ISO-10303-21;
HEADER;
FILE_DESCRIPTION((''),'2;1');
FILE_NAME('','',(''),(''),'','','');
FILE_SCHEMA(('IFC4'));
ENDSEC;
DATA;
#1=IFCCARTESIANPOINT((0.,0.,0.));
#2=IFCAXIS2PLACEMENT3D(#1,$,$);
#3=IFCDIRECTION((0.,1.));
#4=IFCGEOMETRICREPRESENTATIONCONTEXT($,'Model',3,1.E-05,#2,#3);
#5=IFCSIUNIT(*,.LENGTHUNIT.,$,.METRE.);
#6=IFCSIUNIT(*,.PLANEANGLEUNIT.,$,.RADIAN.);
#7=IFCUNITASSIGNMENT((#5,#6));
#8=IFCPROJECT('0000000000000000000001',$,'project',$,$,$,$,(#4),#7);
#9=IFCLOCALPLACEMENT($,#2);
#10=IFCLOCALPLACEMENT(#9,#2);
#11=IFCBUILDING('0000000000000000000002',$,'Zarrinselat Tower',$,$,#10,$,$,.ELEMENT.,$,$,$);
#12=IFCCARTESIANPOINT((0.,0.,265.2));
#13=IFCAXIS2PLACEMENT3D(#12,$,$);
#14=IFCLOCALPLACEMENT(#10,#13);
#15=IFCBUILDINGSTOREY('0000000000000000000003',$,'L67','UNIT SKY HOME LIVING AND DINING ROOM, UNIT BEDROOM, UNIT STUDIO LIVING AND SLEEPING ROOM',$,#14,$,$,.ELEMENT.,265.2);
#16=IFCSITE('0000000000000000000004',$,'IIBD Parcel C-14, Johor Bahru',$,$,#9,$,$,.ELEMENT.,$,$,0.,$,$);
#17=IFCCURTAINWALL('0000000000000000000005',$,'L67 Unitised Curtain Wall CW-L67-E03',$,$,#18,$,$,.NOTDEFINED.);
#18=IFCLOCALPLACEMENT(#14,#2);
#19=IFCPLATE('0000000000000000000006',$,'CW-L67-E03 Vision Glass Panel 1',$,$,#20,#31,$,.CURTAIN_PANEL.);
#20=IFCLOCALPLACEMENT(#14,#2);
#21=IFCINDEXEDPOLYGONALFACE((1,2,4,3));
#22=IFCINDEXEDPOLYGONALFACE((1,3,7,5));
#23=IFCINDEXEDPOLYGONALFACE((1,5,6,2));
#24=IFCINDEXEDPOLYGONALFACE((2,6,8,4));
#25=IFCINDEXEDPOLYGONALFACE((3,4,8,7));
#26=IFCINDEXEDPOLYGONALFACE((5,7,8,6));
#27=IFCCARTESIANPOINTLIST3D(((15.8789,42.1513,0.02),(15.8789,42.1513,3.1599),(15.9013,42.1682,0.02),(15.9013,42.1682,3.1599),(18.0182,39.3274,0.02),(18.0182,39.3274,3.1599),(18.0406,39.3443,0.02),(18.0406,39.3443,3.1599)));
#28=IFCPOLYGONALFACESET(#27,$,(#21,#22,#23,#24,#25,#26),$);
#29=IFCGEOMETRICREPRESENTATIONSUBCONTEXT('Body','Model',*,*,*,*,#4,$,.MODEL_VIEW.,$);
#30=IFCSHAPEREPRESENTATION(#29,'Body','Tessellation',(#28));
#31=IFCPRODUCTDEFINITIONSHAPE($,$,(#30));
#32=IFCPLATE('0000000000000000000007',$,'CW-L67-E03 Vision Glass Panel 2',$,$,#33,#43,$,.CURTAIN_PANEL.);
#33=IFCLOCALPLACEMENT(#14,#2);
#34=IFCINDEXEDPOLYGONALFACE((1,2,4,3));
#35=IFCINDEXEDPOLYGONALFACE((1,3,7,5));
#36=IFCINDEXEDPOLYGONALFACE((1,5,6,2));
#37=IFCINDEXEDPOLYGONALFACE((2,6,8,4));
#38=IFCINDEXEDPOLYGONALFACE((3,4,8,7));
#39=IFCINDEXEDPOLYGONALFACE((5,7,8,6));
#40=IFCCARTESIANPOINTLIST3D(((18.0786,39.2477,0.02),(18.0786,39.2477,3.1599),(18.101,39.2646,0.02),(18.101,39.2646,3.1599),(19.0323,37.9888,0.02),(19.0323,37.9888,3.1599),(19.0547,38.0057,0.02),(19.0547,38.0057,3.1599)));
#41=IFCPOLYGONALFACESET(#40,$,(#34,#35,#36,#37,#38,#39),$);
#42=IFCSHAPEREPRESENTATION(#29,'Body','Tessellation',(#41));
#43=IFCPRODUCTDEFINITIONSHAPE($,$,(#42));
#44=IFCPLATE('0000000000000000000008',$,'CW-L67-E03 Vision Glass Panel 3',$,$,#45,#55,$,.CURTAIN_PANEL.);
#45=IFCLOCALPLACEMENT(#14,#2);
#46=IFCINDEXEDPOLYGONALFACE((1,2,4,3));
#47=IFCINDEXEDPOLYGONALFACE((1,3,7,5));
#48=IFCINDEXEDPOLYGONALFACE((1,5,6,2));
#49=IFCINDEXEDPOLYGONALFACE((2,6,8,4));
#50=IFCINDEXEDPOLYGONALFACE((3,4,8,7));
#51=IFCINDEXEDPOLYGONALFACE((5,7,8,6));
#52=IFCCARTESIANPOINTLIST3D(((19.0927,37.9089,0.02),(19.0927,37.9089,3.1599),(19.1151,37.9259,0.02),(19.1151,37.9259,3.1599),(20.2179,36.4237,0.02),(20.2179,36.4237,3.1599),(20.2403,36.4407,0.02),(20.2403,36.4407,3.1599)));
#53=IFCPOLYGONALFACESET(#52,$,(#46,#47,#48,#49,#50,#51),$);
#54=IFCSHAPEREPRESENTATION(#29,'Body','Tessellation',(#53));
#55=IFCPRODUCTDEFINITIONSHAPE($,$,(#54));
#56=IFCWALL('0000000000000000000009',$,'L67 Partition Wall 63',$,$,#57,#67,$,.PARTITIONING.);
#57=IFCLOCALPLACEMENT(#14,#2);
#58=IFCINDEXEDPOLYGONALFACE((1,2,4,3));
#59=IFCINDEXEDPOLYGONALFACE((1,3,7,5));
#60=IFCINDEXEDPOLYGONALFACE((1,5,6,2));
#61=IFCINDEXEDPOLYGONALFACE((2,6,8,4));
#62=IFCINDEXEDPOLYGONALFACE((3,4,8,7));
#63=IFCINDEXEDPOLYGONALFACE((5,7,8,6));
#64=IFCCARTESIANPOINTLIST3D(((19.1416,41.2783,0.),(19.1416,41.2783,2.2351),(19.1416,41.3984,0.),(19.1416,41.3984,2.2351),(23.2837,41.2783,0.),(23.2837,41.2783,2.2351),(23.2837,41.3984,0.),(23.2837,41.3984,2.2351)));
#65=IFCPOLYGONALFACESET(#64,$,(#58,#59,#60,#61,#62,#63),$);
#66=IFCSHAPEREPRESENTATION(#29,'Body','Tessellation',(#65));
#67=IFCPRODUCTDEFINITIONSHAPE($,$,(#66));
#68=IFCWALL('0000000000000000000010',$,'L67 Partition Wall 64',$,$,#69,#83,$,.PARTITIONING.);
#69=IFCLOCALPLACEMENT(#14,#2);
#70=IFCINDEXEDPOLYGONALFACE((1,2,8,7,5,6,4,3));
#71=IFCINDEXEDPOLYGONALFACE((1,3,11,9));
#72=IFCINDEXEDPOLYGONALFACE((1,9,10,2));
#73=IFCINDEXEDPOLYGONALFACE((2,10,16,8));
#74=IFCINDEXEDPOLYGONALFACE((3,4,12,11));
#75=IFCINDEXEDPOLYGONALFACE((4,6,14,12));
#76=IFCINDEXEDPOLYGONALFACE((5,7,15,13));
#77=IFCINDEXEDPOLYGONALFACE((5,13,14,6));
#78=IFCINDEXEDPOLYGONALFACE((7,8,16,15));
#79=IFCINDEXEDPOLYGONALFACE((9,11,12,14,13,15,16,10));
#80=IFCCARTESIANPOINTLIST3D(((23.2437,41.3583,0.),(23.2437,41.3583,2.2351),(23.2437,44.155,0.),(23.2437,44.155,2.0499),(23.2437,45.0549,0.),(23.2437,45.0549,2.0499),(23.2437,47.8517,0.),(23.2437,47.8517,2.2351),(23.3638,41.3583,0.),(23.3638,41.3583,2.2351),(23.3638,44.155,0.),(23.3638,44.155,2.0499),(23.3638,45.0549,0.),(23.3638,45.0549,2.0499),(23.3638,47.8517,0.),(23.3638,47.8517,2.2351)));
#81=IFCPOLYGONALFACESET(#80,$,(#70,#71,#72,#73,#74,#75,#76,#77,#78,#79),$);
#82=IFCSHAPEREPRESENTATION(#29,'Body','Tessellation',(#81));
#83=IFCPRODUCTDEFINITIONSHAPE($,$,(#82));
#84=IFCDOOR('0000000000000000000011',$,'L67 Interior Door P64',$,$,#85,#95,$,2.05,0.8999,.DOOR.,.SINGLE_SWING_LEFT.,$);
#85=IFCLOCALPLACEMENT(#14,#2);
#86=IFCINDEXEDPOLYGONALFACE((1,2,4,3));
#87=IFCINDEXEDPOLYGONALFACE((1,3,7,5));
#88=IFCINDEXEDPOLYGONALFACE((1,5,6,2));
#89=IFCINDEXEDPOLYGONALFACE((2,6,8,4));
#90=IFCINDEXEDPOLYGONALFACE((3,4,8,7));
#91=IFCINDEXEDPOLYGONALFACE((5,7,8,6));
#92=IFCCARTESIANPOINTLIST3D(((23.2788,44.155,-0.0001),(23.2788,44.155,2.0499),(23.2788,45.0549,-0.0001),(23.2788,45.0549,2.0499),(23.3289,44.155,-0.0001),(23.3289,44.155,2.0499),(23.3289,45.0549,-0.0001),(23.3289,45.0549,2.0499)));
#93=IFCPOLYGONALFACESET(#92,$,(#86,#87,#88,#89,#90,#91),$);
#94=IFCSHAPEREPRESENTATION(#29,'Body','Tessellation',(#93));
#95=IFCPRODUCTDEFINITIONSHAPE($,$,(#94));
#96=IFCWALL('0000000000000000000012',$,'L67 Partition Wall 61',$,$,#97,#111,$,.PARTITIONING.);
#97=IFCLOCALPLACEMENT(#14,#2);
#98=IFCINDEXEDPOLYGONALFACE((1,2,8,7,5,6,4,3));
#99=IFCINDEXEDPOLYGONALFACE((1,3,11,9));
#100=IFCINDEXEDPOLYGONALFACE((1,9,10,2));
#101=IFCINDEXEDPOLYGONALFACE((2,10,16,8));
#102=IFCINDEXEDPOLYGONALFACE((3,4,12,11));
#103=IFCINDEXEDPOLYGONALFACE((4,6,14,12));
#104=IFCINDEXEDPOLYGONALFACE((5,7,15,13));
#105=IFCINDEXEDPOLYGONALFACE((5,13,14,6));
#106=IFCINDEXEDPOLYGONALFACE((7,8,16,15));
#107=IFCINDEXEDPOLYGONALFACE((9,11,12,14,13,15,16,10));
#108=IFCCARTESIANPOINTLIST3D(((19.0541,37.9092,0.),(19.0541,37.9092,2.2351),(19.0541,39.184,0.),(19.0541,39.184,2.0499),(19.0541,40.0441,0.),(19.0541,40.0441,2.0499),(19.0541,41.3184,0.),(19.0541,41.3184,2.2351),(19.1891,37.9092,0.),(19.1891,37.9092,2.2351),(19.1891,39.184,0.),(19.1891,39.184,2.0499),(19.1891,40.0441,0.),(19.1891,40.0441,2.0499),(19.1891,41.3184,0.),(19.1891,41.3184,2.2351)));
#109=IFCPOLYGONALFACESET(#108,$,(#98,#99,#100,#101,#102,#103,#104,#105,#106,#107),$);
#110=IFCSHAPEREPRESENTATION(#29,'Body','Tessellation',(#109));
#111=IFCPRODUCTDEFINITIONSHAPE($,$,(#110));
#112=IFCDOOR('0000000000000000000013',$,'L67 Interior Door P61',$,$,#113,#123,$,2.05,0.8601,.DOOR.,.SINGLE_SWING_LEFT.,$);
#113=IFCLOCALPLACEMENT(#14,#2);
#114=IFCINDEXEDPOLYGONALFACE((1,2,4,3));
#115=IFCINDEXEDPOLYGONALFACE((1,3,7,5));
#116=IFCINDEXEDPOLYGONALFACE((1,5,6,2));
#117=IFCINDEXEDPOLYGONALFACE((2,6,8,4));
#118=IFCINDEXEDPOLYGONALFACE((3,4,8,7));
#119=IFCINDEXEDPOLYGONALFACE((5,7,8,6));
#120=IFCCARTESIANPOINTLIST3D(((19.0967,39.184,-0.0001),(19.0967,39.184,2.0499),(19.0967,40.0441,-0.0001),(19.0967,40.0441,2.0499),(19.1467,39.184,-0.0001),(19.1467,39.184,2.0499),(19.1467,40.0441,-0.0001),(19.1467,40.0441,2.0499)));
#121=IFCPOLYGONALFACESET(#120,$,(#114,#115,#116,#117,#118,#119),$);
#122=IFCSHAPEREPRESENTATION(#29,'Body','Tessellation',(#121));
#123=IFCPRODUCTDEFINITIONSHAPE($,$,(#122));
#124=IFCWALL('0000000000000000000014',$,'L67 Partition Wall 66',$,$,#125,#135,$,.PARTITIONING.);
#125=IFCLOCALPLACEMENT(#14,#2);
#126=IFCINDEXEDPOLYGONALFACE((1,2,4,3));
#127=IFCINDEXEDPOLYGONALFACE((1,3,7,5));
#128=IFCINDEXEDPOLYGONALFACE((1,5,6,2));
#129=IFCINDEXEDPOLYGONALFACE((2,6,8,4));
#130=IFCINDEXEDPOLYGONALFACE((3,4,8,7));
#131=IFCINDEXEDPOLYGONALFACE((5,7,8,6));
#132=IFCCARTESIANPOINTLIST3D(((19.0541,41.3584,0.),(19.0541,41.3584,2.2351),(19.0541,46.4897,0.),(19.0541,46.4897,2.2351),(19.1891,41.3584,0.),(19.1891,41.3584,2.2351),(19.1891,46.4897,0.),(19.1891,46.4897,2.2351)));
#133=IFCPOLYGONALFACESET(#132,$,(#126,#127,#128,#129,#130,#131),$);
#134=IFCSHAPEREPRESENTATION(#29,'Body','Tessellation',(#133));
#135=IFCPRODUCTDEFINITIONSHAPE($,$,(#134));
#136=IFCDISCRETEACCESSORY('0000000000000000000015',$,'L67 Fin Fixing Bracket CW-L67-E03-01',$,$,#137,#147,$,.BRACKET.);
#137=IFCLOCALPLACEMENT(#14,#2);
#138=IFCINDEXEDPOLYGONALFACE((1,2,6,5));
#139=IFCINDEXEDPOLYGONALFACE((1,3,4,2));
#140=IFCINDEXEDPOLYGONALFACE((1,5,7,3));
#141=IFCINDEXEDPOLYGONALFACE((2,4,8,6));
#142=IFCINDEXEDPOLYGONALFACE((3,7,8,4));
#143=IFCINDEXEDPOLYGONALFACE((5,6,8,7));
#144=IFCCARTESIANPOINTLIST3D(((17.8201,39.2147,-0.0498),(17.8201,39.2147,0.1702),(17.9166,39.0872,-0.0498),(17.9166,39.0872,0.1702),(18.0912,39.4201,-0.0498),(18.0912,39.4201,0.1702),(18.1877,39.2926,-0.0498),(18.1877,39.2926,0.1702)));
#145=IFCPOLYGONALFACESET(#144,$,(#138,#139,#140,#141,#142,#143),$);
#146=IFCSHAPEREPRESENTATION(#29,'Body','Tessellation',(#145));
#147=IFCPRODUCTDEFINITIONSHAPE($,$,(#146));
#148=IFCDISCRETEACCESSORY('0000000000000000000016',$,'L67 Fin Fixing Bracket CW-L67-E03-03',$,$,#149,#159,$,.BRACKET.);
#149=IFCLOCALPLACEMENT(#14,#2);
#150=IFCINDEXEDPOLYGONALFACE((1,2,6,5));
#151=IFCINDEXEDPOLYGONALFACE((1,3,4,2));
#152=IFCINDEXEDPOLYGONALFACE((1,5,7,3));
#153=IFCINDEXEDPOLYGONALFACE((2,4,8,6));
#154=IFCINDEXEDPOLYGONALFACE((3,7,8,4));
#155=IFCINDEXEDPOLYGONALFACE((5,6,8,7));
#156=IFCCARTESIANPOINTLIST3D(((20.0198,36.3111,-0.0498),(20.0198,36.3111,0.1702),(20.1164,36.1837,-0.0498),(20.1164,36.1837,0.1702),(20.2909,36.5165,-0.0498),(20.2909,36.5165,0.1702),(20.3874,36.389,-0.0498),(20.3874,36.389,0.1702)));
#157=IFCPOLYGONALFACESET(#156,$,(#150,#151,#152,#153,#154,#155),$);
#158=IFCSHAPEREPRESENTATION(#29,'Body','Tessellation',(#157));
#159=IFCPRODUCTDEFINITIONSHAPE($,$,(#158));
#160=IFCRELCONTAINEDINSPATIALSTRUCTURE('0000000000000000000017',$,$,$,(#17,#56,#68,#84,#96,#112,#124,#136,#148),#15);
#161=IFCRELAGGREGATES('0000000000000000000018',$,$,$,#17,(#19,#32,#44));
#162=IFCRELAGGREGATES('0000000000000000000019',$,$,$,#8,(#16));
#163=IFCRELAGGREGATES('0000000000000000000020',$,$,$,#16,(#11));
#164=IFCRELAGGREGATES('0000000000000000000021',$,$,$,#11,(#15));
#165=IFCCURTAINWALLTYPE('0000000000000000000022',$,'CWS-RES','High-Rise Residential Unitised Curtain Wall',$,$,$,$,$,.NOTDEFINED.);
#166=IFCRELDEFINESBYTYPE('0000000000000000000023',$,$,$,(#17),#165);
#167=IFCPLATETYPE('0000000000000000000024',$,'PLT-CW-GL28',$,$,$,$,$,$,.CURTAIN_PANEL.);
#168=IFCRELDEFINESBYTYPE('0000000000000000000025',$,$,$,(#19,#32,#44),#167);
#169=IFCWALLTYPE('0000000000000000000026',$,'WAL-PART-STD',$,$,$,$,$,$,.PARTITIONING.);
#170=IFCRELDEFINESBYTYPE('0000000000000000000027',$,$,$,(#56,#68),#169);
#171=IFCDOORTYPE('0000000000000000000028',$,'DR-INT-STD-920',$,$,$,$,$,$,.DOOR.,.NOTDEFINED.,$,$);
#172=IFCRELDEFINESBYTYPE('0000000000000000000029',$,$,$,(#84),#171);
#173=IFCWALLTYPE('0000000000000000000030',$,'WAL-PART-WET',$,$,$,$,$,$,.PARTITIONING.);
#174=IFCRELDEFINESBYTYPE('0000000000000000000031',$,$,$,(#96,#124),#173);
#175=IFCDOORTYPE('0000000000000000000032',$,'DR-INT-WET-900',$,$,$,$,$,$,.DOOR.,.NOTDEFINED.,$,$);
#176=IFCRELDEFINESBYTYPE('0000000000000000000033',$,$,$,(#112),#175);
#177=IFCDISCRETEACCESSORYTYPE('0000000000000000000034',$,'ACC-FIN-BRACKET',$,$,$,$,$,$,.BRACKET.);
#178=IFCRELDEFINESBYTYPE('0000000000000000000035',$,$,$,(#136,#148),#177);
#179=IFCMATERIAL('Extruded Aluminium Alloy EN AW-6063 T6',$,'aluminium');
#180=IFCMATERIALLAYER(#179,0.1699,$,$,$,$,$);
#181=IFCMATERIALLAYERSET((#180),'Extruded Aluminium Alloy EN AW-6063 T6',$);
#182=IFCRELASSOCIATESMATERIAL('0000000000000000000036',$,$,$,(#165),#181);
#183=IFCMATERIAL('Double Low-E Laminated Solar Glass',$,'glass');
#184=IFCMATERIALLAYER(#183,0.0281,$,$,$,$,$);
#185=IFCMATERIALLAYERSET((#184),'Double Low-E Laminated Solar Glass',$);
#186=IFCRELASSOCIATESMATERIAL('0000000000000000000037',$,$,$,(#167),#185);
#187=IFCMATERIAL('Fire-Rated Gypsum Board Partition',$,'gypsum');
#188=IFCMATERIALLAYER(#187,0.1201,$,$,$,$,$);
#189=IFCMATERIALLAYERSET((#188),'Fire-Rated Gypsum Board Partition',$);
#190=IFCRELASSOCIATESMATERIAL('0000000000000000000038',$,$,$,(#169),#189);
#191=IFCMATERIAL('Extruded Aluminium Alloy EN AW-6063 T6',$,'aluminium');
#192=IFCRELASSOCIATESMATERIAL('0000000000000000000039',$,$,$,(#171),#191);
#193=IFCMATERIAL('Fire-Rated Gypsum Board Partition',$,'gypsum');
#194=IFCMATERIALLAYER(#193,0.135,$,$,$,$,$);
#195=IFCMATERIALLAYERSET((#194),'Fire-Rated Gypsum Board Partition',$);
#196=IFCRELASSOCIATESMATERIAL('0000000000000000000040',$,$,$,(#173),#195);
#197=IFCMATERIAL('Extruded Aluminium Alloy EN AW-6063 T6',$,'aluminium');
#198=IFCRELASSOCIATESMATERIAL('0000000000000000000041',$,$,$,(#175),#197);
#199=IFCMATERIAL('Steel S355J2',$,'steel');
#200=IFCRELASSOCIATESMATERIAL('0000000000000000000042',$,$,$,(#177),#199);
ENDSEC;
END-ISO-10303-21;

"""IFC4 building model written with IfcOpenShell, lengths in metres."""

from ifc_helpers import new_model, si_unit, direction, frame, frame_2d, origin, origin_2d, place, context, subcontext, project, spatial, rectangle, extrude, material, layer, layer_set, type_object, element, fill, aggregate, save


model = new_model("IFC4")

# Units and contexts
model_context = context("Model", 3, precision=1e-05, world=origin(), true_north=direction((0.0, 1.0)))
body_context = subcontext(model_context, "Body", "Model", "MODEL_VIEW")
ifc_project = project(units=[si_unit("LENGTHUNIT", "METRE"), si_unit("PLANEANGLEUNIT", "RADIAN")], contexts=[model_context])

# Site, building, storey
site_placement = place(None, origin())
site = spatial("IfcSite", under=ifc_project, at=site_placement, Name="IIBD Parcel C-14, Johor Bahru", CompositionType="ELEMENT", RefElevation=0.0)
building_placement = place(site_placement, origin())
building = spatial("IfcBuilding", under=site, at=building_placement, Name="Zarrinselat Tower", CompositionType="ELEMENT")
storey_placement = place(building_placement, frame((0.0, 0.0, 265.2)))
storey = spatial("IfcBuildingStorey", under=building, at=storey_placement, Name="L67", Description="UNIT SKY HOME LIVING AND DINING ROOM, UNIT BEDROOM, UNIT STUDIO LIVING AND SLEEPING ROOM", CompositionType="ELEMENT", Elevation=265.2)

# Shared definitions
ifc_material_1 = material(Name="Extruded Aluminium Alloy EN AW-6063 T6", Category="aluminium")
ifc_layer_1 = layer(ifc_material_1, 0.1699)
ifc_layer_set_1 = layer_set([ifc_layer_1], Name="Extruded Aluminium Alloy EN AW-6063 T6")
curtain_wall_type = type_object("IfcCurtainWallType", Name="CWS-RES", Description="High-Rise Residential Unitised Curtain Wall", PredefinedType="NOTDEFINED", material=ifc_layer_set_1)

# Curtain wall, plates
curtain_wall_1_placement = place(storey_placement, origin())
curtain_wall_1 = element("IfcCurtainWall", 1, at=curtain_wall_1_placement, inside=storey, type_object=curtain_wall_type, Name="L67 Unitised Curtain Wall CW-L67-E03", PredefinedType="NOTDEFINED")
ifc_material_2 = material(Name="Double Low-E Laminated Solar Glass", Category="glass")
ifc_layer_2 = layer(ifc_material_2, 0.0281)
ifc_layer_set_2 = layer_set([ifc_layer_2], Name="Double Low-E Laminated Solar Glass")
plate_type = type_object("IfcPlateType", Name="PLT-CW-GL28", PredefinedType="CURTAIN_PANEL", material=ifc_layer_set_2)
plate_1_placement = place(storey_placement, frame((16.9597, 40.7478, 0.02), z_axis=(0.0, 0.0, 1.0), x_axis=(0.603858, -0.797092, 0.0)))
plate_1 = element("IfcPlate", 2, at=plate_1_placement, type_object=plate_type, Name="CW-L67-E03 Vision Glass Panel 1", PredefinedType="CURTAIN_PANEL", context=body_context, shape_type="SweptSolid", body=[
    extrude(rectangle(XDim=3.5427, YDim=0.0281, at=origin_2d()), origin(), (0.0, 0.0, 1.0), 3.1399),
])
plate_2_placement = place(storey_placement, frame((18.5667, 38.6267, 0.02), z_axis=(0.0, 0.0, 1.0), x_axis=(0.603858, -0.797092, 0.0)))
plate_2 = element("IfcPlate", 3, at=plate_2_placement, type_object=plate_type, Name="CW-L67-E03 Vision Glass Panel 2", PredefinedType="CURTAIN_PANEL", context=body_context, shape_type="SweptSolid", body=[
    extrude(rectangle(XDim=1.5793, YDim=0.0281, at=origin_2d()), origin(), (0.0, 0.0, 1.0), 3.1399),
])
plate_3_placement = place(storey_placement, frame((19.6665, 37.1748, 0.02), z_axis=(0.0, 0.0, 1.0), x_axis=(0.603858, -0.797092, 0.0)))
plate_3 = element("IfcPlate", 4, at=plate_3_placement, type_object=plate_type, Name="CW-L67-E03 Vision Glass Panel 3", PredefinedType="CURTAIN_PANEL", context=body_context, shape_type="SweptSolid", body=[
    extrude(rectangle(XDim=1.8633, YDim=0.0281, at=origin_2d()), origin(), (0.0, 0.0, 1.0), 3.1399),
])
aggregate(curtain_wall_1, [plate_1, plate_2, plate_3])

# Wall
ifc_material_3 = material(Name="Fire-Rated Gypsum Board Partition", Category="gypsum")
ifc_layer_3 = layer(ifc_material_3, 0.1201)
ifc_layer_set_3 = layer_set([ifc_layer_3], Name="Fire-Rated Gypsum Board Partition")
wall_type_1 = type_object("IfcWallType", Name="WAL-PART-STD", PredefinedType="PARTITIONING", material=ifc_layer_set_3)
wall_1_placement = place(storey_placement, frame((19.1416, 41.3384, 0.0), z_axis=(0.0, 0.0, 1.0), x_axis=(1.0, 0.0, 0.0)))
element("IfcWall", 5, at=wall_1_placement, inside=storey, type_object=wall_type_1, Name="L67 Partition Wall 63", PredefinedType="PARTITIONING", context=body_context, shape_type="SweptSolid", body=[
    extrude(rectangle(XDim=4.1421, YDim=0.1201, at=frame_2d((2.071, 0.0))), origin(), (0.0, 0.0, 1.0), 2.2351),
])

# Walls, openings, doors
wall_2_placement = place(storey_placement, frame((23.3037, 41.3584, 0.0), z_axis=(0.0, 0.0, 1.0), x_axis=(0.0, 1.0, 0.0)))
wall_2 = element("IfcWall", 6, at=wall_2_placement, inside=storey, type_object=wall_type_1, Name="L67 Partition Wall 64", PredefinedType="PARTITIONING", context=body_context, shape_type="SweptSolid", body=[
    extrude(rectangle(XDim=6.4934, YDim=0.1201, at=frame_2d((3.2466, 0.0))), origin(), (0.0, 0.0, 1.0), 2.2351),
])
opening_1_placement = place(wall_2_placement, frame((2.7966, 0.0, 0.0)))
opening_1 = element("IfcOpeningElement", 7, at=opening_1_placement, cuts=wall_2, PredefinedType="OPENING", context=body_context, shape_type="SweptSolid", body=[
    extrude(rectangle(XDim=0.8999, YDim=2.05, at=frame_2d((0.45, 1.0249))), frame((0.0, 0.0701, 0.0), z_axis=(0.0, -1.0, 0.0), x_axis=(1.0, 0.0, 0.0)), (0.0, 0.0, 1.0), 0.1401),
])
ifc_material_4 = material(Name="Extruded Aluminium Alloy EN AW-6063 T6", Category="aluminium")
door_type_1 = type_object("IfcDoorType", Name="DR-INT-STD-920", OperationType="NOTDEFINED", PredefinedType="DOOR", material=ifc_material_4)
door_1_placement = place(opening_1_placement, origin())
door_1 = element("IfcDoor", 8, at=door_1_placement, inside=storey, type_object=door_type_1, Name="L67 Interior Door P64", OperationType="SINGLE_SWING_LEFT", OverallHeight=2.05, OverallWidth=0.8999, PredefinedType="DOOR", context=body_context, shape_type="SweptSolid", body=[
    extrude(rectangle(XDim=0.8999, YDim=2.05, at=frame_2d((0.45, 1.0249))), frame((0.0, 0.0249, 0.0), z_axis=(0.0, -1.0, 0.0), x_axis=(1.0, 0.0, 0.0)), (0.0, 0.0, 1.0), 0.05),
])
fill(opening_1, door_1)
ifc_material_5 = material(Name="Fire-Rated Gypsum Board Partition", Category="gypsum")
ifc_layer_4 = layer(ifc_material_5, 0.135)
ifc_layer_set_4 = layer_set([ifc_layer_4], Name="Fire-Rated Gypsum Board Partition")
wall_type_2 = type_object("IfcWallType", Name="WAL-PART-WET", PredefinedType="PARTITIONING", material=ifc_layer_set_4)
wall_3_placement = place(storey_placement, frame((19.1216, 37.9092, 0.0), z_axis=(0.0, 0.0, 1.0), x_axis=(0.0, 1.0, 0.0)))
wall_3 = element("IfcWall", 9, at=wall_3_placement, inside=storey, type_object=wall_type_2, Name="L67 Partition Wall 61", PredefinedType="PARTITIONING", context=body_context, shape_type="SweptSolid", body=[
    extrude(rectangle(XDim=3.4092, YDim=0.135, at=frame_2d((1.7046, 0.0))), origin(), (0.0, 0.0, 1.0), 2.2351),
])
opening_2_placement = place(wall_3_placement, frame((1.2747, 0.0, 0.0)))
opening_2 = element("IfcOpeningElement", 10, at=opening_2_placement, cuts=wall_3, PredefinedType="OPENING", context=body_context, shape_type="SweptSolid", body=[
    extrude(rectangle(XDim=0.8601, YDim=2.05, at=frame_2d((0.4302, 1.0249))), frame((0.0, 0.0774, 0.0), z_axis=(0.0, -1.0, 0.0), x_axis=(1.0, 0.0, 0.0)), (0.0, 0.0, 1.0), 0.155),
])
ifc_material_6 = material(Name="Extruded Aluminium Alloy EN AW-6063 T6", Category="aluminium")
door_type_2 = type_object("IfcDoorType", Name="DR-INT-WET-900", OperationType="NOTDEFINED", PredefinedType="DOOR", material=ifc_material_6)
door_2_placement = place(opening_2_placement, origin())
door_2 = element("IfcDoor", 11, at=door_2_placement, inside=storey, type_object=door_type_2, Name="L67 Interior Door P61", OperationType="SINGLE_SWING_LEFT", OverallHeight=2.05, OverallWidth=0.8601, PredefinedType="DOOR", context=body_context, shape_type="SweptSolid", body=[
    extrude(rectangle(XDim=0.8601, YDim=2.05, at=frame_2d((0.4302, 1.0249))), frame((0.0, 0.0249, 0.0), z_axis=(0.0, -1.0, 0.0), x_axis=(1.0, 0.0, 0.0)), (0.0, 0.0, 1.0), 0.05),
])
fill(opening_2, door_2)

# Wall
wall_4_placement = place(storey_placement, frame((19.1216, 41.3584, 0.0), z_axis=(0.0, 0.0, 1.0), x_axis=(0.0, 1.0, 0.0)))
element("IfcWall", 12, at=wall_4_placement, inside=storey, type_object=wall_type_2, Name="L67 Partition Wall 66", PredefinedType="PARTITIONING", context=body_context, shape_type="SweptSolid", body=[
    extrude(rectangle(XDim=5.1313, YDim=0.135, at=frame_2d((2.5657, 0.0))), origin(), (0.0, 0.0, 1.0), 2.2351),
])

# Discrete accessories
ifc_material_7 = material(Name="Steel S355J2", Category="steel")
discrete_accessory_type = type_object("IfcDiscreteAccessoryType", Name="ACC-FIN-BRACKET", PredefinedType="BRACKET", material=ifc_material_7)
for number, where, z_axis, x_axis, name in (
    (13, (18.0039, 39.2537, -0.0498), (0.0, 0.0, 1.0), (-0.797092, -0.603858, 0.0), "L67 Fin Fixing Bracket CW-L67-E03-01"),
    (14, (20.2036, 36.3501, -0.0498), (0.0, 0.0, 1.0), (-0.797092, -0.603858, 0.0), "L67 Fin Fixing Bracket CW-L67-E03-03"),
):
    element("IfcDiscreteAccessory", number, at=place(storey_placement, frame(where, z_axis=z_axis, x_axis=x_axis)), inside=storey, type_object=discrete_accessory_type, Name=name, PredefinedType="BRACKET", context=body_context, shape_type="SweptSolid", body=[
        extrude(rectangle(XDim=0.3401, YDim=0.1599, at=origin_2d()), origin(), (0.0, 0.0, 1.0), 0.22),
    ])

save(model, "model.ifc")
